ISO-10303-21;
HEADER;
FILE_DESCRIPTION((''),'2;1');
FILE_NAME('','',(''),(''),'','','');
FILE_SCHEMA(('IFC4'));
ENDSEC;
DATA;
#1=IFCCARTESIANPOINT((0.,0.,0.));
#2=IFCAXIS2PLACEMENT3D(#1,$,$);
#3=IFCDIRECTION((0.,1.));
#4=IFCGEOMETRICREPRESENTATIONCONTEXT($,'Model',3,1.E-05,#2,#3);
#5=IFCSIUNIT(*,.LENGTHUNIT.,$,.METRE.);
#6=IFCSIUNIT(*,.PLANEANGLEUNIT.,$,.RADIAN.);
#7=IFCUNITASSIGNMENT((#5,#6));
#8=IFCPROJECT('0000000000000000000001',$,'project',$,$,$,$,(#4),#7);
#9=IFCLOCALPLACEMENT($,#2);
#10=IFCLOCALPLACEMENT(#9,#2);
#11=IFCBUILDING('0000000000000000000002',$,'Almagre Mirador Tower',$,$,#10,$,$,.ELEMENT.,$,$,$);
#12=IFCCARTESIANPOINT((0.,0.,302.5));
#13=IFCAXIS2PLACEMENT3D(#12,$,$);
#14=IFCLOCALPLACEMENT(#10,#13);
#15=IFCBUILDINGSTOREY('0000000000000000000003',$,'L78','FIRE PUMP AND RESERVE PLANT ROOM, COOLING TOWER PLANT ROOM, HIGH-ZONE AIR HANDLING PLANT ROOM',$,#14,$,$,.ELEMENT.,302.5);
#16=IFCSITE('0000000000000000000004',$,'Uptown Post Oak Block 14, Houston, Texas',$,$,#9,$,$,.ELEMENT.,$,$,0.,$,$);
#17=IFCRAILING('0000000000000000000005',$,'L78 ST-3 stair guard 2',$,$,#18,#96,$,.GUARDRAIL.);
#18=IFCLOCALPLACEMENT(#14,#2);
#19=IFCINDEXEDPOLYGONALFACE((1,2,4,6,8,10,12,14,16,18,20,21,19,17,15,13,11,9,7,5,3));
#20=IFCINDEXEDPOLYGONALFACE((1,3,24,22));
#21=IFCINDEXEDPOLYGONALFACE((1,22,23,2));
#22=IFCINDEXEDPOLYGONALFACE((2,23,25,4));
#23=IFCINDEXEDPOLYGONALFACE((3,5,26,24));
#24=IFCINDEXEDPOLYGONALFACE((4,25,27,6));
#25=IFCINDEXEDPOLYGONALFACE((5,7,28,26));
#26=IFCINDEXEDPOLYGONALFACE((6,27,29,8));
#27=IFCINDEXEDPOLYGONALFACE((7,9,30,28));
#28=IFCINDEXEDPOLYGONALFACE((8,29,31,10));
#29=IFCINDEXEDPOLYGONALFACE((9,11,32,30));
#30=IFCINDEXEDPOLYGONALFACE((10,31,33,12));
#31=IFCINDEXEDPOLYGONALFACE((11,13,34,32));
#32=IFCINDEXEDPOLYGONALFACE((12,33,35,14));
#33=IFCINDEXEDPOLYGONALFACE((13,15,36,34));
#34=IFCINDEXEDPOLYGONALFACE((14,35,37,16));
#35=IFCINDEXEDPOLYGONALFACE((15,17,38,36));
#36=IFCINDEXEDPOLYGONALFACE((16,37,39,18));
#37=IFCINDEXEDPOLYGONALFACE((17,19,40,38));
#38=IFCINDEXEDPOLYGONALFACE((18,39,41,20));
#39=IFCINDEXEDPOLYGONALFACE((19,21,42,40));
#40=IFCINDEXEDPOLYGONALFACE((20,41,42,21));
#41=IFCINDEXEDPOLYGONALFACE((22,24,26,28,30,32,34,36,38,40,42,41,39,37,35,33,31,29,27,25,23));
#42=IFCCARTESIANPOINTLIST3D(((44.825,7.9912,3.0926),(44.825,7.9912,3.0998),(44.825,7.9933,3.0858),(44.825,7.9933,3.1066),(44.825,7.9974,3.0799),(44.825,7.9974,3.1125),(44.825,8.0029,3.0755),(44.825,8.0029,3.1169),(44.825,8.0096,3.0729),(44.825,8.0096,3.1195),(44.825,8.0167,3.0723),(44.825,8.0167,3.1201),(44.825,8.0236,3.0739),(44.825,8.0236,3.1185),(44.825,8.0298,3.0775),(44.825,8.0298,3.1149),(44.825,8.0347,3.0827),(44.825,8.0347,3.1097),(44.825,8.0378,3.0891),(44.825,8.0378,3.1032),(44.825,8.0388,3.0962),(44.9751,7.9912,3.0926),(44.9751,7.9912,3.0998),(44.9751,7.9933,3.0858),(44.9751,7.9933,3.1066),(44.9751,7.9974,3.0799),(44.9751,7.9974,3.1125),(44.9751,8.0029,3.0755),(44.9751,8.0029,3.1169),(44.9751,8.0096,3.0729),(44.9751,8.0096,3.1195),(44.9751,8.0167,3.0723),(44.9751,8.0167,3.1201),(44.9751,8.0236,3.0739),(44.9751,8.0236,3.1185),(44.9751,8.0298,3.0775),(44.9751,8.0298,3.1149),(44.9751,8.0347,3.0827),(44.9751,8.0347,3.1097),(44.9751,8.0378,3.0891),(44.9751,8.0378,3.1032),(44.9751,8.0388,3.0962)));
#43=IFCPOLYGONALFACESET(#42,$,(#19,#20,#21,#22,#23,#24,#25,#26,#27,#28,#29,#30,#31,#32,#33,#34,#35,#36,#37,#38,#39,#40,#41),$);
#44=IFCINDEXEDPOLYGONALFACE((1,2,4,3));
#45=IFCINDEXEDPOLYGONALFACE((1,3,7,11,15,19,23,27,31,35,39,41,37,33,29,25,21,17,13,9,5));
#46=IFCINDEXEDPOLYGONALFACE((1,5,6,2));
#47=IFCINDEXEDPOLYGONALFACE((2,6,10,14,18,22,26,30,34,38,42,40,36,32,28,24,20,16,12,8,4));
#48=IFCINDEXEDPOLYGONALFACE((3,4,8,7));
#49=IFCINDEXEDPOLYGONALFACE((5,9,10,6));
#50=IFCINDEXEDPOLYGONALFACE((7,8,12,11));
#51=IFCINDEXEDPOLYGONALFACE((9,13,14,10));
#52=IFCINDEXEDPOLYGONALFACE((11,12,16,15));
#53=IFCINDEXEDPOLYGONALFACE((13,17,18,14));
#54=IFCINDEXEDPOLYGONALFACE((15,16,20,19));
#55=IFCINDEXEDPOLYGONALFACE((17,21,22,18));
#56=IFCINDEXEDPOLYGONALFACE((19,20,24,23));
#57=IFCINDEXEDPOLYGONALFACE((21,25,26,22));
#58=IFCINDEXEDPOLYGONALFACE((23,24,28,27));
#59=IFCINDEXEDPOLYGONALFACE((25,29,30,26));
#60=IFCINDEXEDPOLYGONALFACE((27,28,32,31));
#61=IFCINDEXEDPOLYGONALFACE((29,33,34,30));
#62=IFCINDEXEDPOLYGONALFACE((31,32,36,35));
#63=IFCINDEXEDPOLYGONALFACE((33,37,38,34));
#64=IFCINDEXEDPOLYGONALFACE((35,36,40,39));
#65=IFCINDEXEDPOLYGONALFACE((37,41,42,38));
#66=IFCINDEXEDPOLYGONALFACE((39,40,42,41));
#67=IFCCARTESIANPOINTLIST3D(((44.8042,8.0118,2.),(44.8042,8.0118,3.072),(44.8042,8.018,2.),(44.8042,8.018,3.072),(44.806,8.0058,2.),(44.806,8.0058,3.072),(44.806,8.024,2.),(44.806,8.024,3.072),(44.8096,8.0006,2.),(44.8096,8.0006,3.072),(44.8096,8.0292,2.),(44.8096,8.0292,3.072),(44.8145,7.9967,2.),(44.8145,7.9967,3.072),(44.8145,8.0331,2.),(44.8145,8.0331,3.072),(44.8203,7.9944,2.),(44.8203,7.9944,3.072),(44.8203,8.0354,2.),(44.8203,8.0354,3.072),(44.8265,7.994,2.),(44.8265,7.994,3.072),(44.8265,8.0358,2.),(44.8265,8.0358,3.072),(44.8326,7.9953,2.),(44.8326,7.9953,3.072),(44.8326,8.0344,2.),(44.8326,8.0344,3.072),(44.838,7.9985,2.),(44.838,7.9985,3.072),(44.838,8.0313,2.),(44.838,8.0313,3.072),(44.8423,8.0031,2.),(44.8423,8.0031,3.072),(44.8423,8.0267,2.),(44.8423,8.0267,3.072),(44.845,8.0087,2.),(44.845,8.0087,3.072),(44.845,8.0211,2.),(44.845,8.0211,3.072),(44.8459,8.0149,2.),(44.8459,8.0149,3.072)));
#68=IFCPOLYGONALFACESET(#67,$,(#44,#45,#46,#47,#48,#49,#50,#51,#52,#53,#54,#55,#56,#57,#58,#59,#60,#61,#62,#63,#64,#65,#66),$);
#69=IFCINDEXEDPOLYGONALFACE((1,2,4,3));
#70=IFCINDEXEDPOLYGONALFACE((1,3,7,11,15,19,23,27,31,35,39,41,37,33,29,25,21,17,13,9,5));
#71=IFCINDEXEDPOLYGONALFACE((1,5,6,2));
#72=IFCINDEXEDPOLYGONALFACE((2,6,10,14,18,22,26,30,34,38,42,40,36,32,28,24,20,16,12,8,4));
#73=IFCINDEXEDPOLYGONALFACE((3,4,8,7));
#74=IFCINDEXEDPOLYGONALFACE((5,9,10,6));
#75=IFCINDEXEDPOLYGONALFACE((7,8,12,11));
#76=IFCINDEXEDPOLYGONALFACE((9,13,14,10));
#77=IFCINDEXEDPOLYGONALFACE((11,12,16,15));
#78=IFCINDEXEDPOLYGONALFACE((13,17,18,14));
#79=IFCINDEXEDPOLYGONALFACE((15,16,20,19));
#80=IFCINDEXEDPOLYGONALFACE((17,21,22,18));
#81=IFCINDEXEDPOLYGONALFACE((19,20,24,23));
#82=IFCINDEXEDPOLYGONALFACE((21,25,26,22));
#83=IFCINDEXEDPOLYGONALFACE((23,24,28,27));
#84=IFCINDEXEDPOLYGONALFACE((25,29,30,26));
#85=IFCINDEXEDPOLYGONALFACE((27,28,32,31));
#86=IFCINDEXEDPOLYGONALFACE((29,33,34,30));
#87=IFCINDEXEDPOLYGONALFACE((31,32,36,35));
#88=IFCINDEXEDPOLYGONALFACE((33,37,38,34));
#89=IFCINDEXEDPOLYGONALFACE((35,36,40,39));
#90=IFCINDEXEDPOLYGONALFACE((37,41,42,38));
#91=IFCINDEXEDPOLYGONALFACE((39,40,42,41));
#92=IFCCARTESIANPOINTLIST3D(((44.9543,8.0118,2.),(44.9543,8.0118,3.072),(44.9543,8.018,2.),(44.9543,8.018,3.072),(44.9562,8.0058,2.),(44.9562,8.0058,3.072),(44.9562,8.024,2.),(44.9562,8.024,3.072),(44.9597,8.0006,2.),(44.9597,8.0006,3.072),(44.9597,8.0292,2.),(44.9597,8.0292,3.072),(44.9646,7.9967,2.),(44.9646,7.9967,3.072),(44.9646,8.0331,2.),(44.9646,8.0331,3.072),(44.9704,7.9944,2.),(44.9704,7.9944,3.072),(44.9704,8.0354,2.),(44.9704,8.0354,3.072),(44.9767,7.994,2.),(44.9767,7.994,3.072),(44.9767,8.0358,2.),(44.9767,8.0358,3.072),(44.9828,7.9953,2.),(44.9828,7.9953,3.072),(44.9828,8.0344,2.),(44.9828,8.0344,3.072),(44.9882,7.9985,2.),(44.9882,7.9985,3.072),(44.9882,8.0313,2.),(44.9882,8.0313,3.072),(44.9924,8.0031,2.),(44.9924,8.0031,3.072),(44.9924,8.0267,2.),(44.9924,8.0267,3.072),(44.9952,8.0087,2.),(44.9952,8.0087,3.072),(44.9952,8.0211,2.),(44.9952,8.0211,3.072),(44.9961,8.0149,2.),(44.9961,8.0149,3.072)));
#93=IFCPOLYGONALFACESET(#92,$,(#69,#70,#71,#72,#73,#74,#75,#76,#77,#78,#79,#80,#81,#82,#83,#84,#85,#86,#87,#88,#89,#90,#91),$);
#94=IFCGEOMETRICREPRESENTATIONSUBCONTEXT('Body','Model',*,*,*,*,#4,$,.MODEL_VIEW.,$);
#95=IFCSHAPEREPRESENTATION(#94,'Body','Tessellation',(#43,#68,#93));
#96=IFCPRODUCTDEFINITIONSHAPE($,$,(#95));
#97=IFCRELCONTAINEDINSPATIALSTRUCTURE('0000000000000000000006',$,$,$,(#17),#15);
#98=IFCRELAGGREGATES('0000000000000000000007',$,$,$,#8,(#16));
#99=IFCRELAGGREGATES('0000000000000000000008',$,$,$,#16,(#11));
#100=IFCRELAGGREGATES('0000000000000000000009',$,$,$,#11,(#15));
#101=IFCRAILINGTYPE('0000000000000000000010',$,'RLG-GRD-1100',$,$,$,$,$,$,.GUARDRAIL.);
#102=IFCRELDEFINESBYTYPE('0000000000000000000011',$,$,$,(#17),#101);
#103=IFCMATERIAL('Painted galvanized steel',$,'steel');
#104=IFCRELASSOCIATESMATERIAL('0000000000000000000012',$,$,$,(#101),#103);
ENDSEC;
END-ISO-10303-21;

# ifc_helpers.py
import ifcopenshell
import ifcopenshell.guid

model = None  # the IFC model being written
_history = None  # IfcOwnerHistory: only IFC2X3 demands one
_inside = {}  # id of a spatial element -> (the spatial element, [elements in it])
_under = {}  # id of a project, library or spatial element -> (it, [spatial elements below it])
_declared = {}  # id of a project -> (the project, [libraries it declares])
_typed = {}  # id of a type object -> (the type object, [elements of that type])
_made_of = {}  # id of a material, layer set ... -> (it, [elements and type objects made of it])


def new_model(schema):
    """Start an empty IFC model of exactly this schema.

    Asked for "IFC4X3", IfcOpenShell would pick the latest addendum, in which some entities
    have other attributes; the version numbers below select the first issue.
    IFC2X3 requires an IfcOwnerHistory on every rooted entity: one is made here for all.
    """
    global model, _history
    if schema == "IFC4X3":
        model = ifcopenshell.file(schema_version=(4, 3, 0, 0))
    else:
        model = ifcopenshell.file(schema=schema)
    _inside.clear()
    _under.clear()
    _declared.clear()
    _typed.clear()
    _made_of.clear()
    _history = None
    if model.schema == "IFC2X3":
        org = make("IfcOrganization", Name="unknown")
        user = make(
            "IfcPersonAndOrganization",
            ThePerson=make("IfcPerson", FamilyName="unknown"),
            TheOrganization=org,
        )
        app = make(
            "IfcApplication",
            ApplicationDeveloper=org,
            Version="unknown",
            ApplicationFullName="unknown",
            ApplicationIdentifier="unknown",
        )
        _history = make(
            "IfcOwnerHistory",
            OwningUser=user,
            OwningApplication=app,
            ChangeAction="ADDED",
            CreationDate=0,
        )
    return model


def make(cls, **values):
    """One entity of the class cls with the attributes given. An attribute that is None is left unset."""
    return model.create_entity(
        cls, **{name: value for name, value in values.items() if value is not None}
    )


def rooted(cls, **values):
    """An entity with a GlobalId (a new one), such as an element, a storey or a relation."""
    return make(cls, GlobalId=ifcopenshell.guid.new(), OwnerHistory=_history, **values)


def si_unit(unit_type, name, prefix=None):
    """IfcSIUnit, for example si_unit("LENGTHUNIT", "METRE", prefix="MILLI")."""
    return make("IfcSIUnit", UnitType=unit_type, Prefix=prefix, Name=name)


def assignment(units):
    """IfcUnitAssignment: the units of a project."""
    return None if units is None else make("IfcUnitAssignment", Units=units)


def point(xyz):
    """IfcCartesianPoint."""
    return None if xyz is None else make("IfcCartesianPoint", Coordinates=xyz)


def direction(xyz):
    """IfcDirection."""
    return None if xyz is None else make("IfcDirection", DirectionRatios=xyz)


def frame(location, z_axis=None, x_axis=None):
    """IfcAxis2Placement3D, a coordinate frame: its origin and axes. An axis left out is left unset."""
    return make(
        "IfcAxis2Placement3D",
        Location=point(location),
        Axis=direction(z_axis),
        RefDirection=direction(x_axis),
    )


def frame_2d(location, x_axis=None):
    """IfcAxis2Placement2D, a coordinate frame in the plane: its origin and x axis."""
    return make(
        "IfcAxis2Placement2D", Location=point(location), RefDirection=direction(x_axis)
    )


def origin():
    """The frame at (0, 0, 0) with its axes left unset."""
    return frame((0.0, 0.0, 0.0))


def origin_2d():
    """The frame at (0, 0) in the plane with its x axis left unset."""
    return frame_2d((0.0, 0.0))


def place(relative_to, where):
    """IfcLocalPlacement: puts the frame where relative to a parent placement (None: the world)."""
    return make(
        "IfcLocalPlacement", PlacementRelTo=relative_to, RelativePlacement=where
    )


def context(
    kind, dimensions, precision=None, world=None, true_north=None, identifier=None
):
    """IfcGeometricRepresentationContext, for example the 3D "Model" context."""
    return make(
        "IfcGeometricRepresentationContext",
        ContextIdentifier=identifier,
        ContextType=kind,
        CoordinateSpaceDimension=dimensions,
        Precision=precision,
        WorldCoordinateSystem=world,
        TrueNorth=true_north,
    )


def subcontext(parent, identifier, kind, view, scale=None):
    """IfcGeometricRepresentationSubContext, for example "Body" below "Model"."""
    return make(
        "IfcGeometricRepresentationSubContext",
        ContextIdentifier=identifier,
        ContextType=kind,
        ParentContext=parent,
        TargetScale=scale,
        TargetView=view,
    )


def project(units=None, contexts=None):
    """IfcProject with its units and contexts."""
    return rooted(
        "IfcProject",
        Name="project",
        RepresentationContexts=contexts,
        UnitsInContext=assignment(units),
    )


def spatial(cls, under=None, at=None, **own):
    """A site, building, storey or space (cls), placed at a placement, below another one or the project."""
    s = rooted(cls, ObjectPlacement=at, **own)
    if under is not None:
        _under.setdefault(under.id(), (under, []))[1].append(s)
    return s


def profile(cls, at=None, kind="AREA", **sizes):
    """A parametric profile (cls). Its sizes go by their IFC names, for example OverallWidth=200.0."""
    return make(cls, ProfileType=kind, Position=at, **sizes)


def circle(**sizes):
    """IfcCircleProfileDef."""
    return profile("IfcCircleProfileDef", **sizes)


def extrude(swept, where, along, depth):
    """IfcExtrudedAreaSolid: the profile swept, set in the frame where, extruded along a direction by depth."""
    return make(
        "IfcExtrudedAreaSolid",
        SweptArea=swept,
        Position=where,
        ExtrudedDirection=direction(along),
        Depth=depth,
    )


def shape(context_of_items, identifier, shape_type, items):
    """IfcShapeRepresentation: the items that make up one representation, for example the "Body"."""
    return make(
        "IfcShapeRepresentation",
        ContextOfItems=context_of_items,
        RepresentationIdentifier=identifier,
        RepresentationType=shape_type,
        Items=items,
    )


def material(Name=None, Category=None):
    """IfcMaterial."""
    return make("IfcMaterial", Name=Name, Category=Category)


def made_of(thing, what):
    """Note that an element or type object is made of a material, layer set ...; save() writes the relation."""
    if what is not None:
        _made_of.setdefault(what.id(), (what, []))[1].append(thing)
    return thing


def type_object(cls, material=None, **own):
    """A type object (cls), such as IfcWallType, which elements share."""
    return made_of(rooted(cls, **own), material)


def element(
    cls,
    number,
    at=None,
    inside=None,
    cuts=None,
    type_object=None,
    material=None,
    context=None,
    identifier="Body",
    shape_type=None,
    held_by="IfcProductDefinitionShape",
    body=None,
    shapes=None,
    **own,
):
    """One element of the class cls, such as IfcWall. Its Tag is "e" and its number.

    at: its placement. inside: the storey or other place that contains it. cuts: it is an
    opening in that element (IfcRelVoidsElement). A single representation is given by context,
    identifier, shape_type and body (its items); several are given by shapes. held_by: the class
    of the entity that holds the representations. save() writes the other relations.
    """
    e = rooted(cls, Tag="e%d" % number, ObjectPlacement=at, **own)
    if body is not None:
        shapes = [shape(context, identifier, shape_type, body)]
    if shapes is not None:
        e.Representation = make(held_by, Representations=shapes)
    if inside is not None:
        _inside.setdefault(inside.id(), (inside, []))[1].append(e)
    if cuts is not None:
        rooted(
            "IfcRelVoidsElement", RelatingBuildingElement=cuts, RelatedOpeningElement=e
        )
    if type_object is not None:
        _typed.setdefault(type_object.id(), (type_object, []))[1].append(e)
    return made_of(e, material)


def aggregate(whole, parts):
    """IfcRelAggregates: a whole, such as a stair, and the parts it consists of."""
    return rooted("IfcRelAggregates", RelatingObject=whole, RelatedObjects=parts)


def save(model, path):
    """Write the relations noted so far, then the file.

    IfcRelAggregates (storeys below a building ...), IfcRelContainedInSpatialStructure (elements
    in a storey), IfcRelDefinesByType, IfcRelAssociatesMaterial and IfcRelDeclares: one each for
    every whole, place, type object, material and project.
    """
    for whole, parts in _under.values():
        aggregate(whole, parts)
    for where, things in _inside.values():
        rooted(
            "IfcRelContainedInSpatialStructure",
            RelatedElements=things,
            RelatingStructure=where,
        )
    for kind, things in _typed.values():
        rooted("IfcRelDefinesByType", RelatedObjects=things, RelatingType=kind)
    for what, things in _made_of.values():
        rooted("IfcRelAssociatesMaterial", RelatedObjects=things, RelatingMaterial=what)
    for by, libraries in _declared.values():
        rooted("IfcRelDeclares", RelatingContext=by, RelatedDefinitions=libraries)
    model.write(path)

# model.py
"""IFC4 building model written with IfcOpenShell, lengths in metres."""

from ifc_helpers import new_model, si_unit, direction, frame, origin, origin_2d, place, context, subcontext, project, spatial, circle, extrude, material, type_object, element, save


model = new_model("IFC4")

# Units and contexts
model_context = context("Model", 3, precision=1e-05, world=origin(), true_north=direction((0.0, 1.0)))
body_context = subcontext(model_context, "Body", "Model", "MODEL_VIEW")
ifc_project = project(units=[si_unit("LENGTHUNIT", "METRE"), si_unit("PLANEANGLEUNIT", "RADIAN")], contexts=[model_context])

# Site, building, storey
site_placement = place(None, origin())
site = spatial("IfcSite", under=ifc_project, at=site_placement, Name="Uptown Post Oak Block 14, Houston, Texas", CompositionType="ELEMENT", RefElevation=0.0)
building_placement = place(site_placement, origin())
building = spatial("IfcBuilding", under=site, at=building_placement, Name="Almagre Mirador Tower", CompositionType="ELEMENT")
storey_placement = place(building_placement, frame((0.0, 0.0, 302.5)))
storey = spatial("IfcBuildingStorey", under=building, at=storey_placement, Name="L78", Description="FIRE PUMP AND RESERVE PLANT ROOM, COOLING TOWER PLANT ROOM, HIGH-ZONE AIR HANDLING PLANT ROOM", CompositionType="ELEMENT", Elevation=302.5)

# Railing
ifc_material_1 = material(Name="Painted galvanized steel", Category="steel")
railing_type_1 = type_object("IfcRailingType", Name="RLG-GRD-1100", PredefinedType="GUARDRAIL", material=ifc_material_1)
railing_1_placement = place(storey_placement, frame((44.825, 8.0149, 2.0)))
element("IfcRailing", 1, at=railing_1_placement, inside=storey, type_object=railing_type_1, Name="L78 ST-3 stair guard 2", PredefinedType="GUARDRAIL", context=body_context, shape_type="SweptSolid", body=[
    extrude(circle(Radius=0.0239, at=origin_2d()), frame((0.0, 0.0, 1.0962), z_axis=(1.0, 0.0, 0.0), x_axis=(0.0, 1.0, 0.0)), (0.0, 0.0, 1.0), 0.1501),
    extrude(circle(Radius=0.021, at=origin_2d()), origin(), (0.0, 0.0, 1.0), 1.072),
    extrude(circle(Radius=0.021, at=origin_2d()), frame((0.1501, 0.0, 0.0)), (0.0, 0.0, 1.0), 1.072),
])

save(model, "model.ifc")
